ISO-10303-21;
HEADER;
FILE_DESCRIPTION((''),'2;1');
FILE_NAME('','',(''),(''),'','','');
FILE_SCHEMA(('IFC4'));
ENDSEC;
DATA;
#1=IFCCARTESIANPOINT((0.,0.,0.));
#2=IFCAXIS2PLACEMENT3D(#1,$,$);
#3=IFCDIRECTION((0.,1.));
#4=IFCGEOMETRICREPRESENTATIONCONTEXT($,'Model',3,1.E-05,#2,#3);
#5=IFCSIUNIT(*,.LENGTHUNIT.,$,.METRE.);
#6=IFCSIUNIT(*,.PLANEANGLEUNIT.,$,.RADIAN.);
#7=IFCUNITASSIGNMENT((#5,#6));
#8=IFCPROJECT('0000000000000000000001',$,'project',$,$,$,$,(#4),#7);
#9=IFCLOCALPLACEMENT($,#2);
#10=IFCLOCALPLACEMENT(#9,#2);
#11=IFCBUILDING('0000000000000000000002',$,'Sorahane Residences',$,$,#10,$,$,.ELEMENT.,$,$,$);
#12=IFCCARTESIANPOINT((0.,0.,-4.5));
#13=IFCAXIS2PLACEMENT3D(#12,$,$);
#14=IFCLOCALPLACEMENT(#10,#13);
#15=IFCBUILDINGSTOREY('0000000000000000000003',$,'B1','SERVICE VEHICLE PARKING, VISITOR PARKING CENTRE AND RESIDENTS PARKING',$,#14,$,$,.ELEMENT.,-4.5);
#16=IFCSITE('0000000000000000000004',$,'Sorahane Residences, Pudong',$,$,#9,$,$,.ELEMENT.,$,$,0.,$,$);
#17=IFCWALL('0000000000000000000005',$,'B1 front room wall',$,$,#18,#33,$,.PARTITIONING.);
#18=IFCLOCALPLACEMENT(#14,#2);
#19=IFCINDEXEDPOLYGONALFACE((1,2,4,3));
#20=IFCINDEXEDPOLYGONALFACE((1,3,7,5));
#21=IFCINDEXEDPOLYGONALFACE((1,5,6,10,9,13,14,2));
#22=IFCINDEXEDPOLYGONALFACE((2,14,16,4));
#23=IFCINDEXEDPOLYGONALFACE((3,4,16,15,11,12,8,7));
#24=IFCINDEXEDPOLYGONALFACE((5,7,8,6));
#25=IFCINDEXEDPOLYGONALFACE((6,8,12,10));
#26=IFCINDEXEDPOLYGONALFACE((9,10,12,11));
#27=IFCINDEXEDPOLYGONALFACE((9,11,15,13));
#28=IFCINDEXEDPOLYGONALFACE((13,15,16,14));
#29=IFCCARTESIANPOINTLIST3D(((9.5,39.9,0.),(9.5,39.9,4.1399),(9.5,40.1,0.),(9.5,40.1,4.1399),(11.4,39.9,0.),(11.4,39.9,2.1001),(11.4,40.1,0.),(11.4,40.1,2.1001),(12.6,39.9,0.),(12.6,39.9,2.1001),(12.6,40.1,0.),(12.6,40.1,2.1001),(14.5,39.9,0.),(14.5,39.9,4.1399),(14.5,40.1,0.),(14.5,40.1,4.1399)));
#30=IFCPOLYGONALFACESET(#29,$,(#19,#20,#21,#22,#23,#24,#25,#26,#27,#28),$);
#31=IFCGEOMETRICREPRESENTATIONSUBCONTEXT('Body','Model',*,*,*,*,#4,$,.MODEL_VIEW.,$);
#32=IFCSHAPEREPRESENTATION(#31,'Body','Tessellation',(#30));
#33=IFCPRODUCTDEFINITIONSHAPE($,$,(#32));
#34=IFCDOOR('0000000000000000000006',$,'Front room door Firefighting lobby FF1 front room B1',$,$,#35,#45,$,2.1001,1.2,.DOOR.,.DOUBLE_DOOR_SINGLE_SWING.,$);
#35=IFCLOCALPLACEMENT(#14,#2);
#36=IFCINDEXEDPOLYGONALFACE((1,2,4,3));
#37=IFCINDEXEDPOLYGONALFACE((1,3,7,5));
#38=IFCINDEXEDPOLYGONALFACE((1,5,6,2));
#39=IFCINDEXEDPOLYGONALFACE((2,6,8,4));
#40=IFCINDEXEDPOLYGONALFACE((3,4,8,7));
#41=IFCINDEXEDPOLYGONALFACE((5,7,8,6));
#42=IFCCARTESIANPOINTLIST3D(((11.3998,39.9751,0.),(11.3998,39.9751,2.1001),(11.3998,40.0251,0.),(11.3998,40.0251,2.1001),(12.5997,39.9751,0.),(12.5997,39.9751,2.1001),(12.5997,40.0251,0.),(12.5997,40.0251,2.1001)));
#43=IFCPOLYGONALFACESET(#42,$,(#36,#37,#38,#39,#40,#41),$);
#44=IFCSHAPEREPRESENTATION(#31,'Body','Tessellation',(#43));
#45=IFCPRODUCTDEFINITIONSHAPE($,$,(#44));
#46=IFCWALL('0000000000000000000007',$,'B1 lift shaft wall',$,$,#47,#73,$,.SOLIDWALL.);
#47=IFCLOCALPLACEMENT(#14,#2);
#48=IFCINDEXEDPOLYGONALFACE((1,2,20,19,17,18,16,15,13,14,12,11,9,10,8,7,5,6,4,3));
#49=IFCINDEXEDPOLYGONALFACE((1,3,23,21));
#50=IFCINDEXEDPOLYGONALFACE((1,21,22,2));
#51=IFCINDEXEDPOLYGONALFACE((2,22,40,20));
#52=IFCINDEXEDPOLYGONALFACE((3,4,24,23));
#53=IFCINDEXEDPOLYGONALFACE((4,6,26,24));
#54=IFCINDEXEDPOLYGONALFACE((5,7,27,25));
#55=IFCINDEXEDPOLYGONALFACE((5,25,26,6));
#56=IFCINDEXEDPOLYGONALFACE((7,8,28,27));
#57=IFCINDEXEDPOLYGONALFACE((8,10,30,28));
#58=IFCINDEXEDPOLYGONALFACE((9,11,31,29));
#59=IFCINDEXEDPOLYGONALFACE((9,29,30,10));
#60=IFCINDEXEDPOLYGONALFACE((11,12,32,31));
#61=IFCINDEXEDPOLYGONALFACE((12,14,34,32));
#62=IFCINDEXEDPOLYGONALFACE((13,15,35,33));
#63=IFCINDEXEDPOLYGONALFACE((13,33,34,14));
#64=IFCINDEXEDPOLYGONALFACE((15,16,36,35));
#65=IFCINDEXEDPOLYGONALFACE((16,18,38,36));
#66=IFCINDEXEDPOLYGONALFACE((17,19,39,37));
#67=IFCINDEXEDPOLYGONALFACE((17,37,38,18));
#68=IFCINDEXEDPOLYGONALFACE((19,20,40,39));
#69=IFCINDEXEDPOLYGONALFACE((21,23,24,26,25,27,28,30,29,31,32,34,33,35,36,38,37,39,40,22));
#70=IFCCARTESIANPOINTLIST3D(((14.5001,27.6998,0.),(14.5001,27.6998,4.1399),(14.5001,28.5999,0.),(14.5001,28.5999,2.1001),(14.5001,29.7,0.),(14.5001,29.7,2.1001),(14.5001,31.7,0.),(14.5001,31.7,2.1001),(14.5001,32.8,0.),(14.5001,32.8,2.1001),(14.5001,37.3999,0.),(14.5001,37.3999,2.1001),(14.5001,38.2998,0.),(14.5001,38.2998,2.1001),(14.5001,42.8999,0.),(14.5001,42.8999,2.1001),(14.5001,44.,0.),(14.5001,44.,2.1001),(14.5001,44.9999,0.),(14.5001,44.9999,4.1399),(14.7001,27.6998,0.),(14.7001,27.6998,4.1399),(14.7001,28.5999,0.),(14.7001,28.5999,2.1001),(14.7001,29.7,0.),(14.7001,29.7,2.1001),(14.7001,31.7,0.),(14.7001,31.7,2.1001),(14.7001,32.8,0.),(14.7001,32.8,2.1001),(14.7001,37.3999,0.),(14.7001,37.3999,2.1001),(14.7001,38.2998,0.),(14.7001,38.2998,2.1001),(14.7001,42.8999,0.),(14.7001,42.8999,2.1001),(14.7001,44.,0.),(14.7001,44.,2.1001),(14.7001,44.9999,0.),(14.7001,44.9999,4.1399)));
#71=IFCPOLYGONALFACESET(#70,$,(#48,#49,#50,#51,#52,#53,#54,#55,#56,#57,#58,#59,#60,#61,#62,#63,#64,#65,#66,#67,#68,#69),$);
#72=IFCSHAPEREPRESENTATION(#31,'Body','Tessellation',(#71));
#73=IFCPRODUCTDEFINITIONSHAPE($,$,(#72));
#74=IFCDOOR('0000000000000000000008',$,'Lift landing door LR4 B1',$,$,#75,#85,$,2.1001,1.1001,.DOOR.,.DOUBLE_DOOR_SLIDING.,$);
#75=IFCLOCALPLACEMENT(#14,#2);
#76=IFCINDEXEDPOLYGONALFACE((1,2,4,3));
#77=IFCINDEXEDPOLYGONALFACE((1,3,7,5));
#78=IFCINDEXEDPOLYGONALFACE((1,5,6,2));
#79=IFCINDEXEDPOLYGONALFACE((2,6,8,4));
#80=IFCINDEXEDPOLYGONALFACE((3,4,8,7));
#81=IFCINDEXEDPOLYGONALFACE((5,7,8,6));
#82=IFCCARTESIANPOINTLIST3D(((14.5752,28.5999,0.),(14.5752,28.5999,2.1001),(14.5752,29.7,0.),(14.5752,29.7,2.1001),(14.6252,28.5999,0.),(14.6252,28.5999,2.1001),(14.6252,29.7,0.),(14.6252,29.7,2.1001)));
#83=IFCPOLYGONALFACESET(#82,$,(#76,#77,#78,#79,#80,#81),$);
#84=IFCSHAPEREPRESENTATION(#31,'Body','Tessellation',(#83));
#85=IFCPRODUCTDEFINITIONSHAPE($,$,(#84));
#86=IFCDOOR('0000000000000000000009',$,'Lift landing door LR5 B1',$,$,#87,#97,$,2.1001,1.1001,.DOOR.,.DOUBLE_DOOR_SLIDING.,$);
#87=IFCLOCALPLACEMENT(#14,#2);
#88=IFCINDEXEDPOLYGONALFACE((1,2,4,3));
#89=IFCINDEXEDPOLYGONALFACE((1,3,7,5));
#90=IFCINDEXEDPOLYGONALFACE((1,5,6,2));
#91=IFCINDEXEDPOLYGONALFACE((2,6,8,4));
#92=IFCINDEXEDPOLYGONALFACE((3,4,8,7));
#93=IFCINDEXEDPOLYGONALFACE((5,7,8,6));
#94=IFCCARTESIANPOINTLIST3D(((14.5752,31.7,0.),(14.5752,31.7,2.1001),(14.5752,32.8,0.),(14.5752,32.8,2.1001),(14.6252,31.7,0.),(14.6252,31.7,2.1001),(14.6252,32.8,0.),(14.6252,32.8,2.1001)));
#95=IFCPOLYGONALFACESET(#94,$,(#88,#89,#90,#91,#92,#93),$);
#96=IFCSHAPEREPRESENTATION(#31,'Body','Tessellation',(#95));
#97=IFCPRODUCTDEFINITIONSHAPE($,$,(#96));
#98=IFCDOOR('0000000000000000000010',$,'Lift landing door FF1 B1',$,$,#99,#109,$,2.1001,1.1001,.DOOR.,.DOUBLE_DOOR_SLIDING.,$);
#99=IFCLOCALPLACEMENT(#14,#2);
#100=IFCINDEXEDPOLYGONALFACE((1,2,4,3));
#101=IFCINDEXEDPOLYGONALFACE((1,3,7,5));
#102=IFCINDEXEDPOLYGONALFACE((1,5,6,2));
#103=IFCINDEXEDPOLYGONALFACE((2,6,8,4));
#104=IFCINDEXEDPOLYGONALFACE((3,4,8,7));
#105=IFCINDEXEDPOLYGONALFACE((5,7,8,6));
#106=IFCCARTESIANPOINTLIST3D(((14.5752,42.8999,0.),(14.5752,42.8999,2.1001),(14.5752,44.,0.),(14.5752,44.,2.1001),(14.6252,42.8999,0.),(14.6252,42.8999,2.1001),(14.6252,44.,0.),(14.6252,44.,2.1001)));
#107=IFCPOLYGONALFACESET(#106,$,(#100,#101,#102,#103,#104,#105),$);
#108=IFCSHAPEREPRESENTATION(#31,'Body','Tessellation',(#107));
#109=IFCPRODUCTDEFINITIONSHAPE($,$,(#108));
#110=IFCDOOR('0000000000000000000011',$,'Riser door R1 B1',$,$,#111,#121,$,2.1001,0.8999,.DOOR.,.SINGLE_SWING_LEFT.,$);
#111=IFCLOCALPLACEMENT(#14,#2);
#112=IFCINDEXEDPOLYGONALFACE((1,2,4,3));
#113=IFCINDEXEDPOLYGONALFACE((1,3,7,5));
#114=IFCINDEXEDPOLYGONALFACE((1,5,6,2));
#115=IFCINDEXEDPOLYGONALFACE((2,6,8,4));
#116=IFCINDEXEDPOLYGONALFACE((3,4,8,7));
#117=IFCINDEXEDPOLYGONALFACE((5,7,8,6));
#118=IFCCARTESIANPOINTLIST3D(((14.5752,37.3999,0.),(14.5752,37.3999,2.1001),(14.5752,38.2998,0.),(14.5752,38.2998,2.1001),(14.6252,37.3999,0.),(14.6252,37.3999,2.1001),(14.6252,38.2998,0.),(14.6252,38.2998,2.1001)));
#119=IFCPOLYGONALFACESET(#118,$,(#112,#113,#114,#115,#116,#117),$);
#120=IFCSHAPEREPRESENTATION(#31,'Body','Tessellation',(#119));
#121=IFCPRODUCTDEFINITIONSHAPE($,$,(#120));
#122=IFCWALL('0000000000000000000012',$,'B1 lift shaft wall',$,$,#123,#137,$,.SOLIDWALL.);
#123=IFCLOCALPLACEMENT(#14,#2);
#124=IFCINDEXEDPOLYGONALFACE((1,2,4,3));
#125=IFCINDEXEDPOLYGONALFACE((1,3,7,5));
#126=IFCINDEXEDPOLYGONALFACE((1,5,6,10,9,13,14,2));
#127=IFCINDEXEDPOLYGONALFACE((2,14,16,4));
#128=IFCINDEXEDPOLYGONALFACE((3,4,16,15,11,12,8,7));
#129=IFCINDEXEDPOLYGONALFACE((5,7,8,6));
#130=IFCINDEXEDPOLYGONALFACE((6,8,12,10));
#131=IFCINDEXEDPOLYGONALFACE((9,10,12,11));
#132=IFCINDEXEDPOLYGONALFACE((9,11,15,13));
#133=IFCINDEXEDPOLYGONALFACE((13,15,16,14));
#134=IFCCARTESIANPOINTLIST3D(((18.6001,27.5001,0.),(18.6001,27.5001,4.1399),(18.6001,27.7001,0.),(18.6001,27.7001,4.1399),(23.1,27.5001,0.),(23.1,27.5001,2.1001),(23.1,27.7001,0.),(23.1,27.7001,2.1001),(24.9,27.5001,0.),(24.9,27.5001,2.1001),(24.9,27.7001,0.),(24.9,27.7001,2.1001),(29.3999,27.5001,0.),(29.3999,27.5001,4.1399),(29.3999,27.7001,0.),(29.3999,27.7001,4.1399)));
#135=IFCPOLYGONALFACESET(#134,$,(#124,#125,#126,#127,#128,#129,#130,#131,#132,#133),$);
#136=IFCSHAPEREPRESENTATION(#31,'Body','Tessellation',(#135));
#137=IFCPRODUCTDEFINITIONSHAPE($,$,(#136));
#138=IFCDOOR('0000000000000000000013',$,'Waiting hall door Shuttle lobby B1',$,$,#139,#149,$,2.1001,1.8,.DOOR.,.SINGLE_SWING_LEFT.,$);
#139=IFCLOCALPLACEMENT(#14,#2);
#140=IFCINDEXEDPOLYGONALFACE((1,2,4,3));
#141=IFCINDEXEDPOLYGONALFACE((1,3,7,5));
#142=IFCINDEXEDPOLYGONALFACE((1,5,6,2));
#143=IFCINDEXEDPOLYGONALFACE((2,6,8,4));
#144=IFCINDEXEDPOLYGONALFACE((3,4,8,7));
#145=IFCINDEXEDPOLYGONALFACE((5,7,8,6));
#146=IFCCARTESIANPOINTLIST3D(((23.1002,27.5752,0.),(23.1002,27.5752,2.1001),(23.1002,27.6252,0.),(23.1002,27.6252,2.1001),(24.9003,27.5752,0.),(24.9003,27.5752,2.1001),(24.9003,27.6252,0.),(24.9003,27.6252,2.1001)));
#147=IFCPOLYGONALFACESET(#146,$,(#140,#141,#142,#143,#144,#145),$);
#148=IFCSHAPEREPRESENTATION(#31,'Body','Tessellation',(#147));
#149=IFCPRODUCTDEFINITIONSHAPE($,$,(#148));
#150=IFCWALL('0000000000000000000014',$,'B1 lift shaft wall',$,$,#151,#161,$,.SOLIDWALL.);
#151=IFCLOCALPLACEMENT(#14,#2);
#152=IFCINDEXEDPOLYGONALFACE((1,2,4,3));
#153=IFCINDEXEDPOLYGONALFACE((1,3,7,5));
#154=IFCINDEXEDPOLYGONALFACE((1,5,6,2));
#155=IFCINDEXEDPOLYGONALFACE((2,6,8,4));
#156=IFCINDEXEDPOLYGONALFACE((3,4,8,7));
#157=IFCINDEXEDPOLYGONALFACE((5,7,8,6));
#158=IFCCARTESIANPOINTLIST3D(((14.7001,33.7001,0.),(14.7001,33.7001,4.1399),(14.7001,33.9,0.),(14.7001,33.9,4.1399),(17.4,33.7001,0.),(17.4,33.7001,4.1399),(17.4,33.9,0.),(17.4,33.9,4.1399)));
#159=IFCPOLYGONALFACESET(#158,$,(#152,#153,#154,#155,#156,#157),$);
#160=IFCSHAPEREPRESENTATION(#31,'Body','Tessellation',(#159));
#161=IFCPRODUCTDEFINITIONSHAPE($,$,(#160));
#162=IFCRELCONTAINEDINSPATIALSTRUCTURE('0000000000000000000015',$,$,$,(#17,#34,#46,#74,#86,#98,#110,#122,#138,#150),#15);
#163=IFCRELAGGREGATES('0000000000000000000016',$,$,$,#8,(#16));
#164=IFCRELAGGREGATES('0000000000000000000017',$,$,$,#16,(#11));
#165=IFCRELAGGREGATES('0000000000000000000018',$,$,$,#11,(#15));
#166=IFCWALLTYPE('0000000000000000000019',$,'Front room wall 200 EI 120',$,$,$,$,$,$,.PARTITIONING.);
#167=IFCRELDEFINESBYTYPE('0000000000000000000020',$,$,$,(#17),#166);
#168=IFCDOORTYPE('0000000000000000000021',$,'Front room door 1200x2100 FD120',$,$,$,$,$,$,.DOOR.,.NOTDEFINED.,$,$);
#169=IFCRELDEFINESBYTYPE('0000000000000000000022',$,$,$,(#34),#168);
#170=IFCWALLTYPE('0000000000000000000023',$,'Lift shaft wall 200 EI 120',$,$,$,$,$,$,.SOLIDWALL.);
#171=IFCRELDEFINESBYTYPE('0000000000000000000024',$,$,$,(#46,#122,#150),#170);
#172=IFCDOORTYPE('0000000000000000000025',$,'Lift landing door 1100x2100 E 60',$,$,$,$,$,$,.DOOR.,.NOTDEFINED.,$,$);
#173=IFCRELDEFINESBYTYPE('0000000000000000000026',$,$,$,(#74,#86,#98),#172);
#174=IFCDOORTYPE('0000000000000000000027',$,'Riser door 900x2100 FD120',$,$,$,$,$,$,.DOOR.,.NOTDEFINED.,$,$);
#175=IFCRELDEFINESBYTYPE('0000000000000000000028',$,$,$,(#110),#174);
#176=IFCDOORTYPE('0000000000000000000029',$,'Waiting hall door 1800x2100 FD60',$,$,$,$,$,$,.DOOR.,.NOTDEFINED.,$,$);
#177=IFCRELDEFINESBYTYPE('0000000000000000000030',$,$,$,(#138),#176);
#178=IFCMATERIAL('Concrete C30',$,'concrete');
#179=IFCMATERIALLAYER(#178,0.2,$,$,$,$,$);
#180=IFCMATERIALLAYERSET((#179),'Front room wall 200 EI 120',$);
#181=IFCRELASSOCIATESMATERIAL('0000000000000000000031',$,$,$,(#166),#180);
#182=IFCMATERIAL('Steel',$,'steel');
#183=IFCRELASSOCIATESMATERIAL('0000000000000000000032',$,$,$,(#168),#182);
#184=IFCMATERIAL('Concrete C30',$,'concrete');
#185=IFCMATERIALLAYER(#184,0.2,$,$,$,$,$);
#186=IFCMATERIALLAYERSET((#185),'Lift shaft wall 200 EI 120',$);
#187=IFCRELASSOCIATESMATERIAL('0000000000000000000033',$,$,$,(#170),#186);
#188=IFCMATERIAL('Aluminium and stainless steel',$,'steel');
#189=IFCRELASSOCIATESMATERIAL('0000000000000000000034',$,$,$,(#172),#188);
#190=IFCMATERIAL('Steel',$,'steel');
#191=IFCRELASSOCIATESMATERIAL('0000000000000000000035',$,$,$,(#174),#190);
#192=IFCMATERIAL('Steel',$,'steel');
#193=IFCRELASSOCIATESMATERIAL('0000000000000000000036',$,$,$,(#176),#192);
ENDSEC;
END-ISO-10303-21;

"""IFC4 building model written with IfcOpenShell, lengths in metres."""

from ifc_helpers import new_model, si_unit, direction, frame, frame_2d, origin, place, context, subcontext, project, spatial, rectangle, extrude, material, layer, layer_set, type_object, element, fill, save


model = new_model("IFC4")

# Units and contexts
model_context = context("Model", 3, precision=1e-05, world=origin(), true_north=direction((0.0, 1.0)))
body_context = subcontext(model_context, "Body", "Model", "MODEL_VIEW")
ifc_project = project(units=[si_unit("LENGTHUNIT", "METRE"), si_unit("PLANEANGLEUNIT", "RADIAN")], contexts=[model_context])

# Site, building, storey
site_placement = place(None, origin())
site = spatial("IfcSite", under=ifc_project, at=site_placement, Name="Sorahane Residences, Pudong", CompositionType="ELEMENT", RefElevation=0.0)
building_placement = place(site_placement, origin())
building = spatial("IfcBuilding", under=site, at=building_placement, Name="Sorahane Residences", CompositionType="ELEMENT")
storey_placement = place(building_placement, frame((0.0, 0.0, -4.5)))
storey = spatial("IfcBuildingStorey", under=building, at=storey_placement, Name="B1", Description="SERVICE VEHICLE PARKING, VISITOR PARKING CENTRE AND RESIDENTS PARKING", CompositionType="ELEMENT", Elevation=-4.5)

# Wall, opening, door
ifc_material_1 = material(Name="Concrete C30", Category="concrete")
ifc_layer_1 = layer(ifc_material_1, 0.2)
ifc_layer_set_1 = layer_set([ifc_layer_1], Name="Front room wall 200 EI 120")
wall_type_1 = type_object("IfcWallType", Name="Front room wall 200 EI 120", PredefinedType="PARTITIONING", material=ifc_layer_set_1)
wall_1_placement = place(storey_placement, frame((9.5, 40.0, 0.0), z_axis=(0.0, 0.0, 1.0), x_axis=(1.0, 0.0, 0.0)))
wall_1 = element("IfcWall", 1, at=wall_1_placement, inside=storey, type_object=wall_type_1, Name="B1 front room wall", PredefinedType="PARTITIONING", context=body_context, shape_type="SweptSolid", body=[
    extrude(rectangle(XDim=5.0, YDim=0.2, at=frame_2d((2.5, 0.0))), origin(), (0.0, 0.0, 1.0), 4.1399),
])
opening_1_placement = place(wall_1_placement, frame((1.8999, 0.0, 0.0)))
opening_1 = element("IfcOpeningElement", 2, at=opening_1_placement, cuts=wall_1, PredefinedType="OPENING", context=body_context, shape_type="SweptSolid", body=[
    extrude(rectangle(XDim=1.2, YDim=2.1001, at=frame_2d((0.6001, 1.05))), frame((0.0, 0.1099, 0.0), z_axis=(0.0, -1.0, 0.0), x_axis=(1.0, 0.0, 0.0)), (0.0, 0.0, 1.0), 0.22),
])
ifc_material_2 = material(Name="Steel", Category="steel")
door_type_1 = type_object("IfcDoorType", Name="Front room door 1200x2100 FD120", OperationType="NOTDEFINED", PredefinedType="DOOR", material=ifc_material_2)
door_1_placement = place(opening_1_placement, frame((1.2, 0.0, 0.0), z_axis=(0.0, 0.0, 1.0), x_axis=(-1.0, 0.0, 0.0)))
door_1 = element("IfcDoor", 3, at=door_1_placement, inside=storey, type_object=door_type_1, Name="Front room door Firefighting lobby FF1 front room B1", OperationType="DOUBLE_DOOR_SINGLE_SWING", OverallHeight=2.1001, OverallWidth=1.2, PredefinedType="DOOR", context=body_context, shape_type="SweptSolid", body=[
    extrude(rectangle(XDim=1.2, YDim=2.1001, at=frame_2d((0.6001, 1.05))), frame((0.0, 0.0249, 0.0), z_axis=(0.0, -1.0, 0.0), x_axis=(1.0, 0.0, 0.0)), (0.0, 0.0, 1.0), 0.05),
])
fill(opening_1, door_1)

# Wall, openings, doors
ifc_material_3 = material(Name="Concrete C30", Category="concrete")
ifc_layer_2 = layer(ifc_material_3, 0.2)
ifc_layer_set_2 = layer_set([ifc_layer_2], Name="Lift shaft wall 200 EI 120")
wall_type_2 = type_object("IfcWallType", Name="Lift shaft wall 200 EI 120", PredefinedType="SOLIDWALL", material=ifc_layer_set_2)
wall_2_placement = place(storey_placement, frame((14.6001, 27.7, 0.0), z_axis=(0.0, 0.0, 1.0), x_axis=(0.0, 1.0, 0.0)))
wall_2 = element("IfcWall", 4, at=wall_2_placement, inside=storey, type_object=wall_type_2, Name="B1 lift shaft wall", PredefinedType="SOLIDWALL", context=body_context, shape_type="SweptSolid", body=[
    extrude(rectangle(XDim=17.3, YDim=0.2, at=frame_2d((8.6499, 0.0))), origin(), (0.0, 0.0, 1.0), 4.1399),
])
opening_2_placement = place(wall_2_placement, frame((0.8999, 0.0, 0.0)))
opening_2 = element("IfcOpeningElement", 5, at=opening_2_placement, cuts=wall_2, PredefinedType="OPENING", context=body_context, shape_type="SweptSolid", body=[
    extrude(rectangle(XDim=1.1001, YDim=2.1001, at=frame_2d((0.55, 1.05))), frame((0.0, 0.1099, 0.0), z_axis=(0.0, -1.0, 0.0), x_axis=(1.0, 0.0, 0.0)), (0.0, 0.0, 1.0), 0.22),
])
opening_3_placement = place(wall_2_placement, frame((4.0, 0.0, 0.0)))
opening_3 = element("IfcOpeningElement", 6, at=opening_3_placement, cuts=wall_2, PredefinedType="OPENING", context=body_context, shape_type="SweptSolid", body=[
    extrude(rectangle(XDim=1.1001, YDim=2.1001, at=frame_2d((0.55, 1.05))), frame((0.0, 0.1099, 0.0), z_axis=(0.0, -1.0, 0.0), x_axis=(1.0, 0.0, 0.0)), (0.0, 0.0, 1.0), 0.22),
])
opening_4_placement = place(wall_2_placement, frame((15.2, 0.0, 0.0)))
opening_4 = element("IfcOpeningElement", 7, at=opening_4_placement, cuts=wall_2, PredefinedType="OPENING", context=body_context, shape_type="SweptSolid", body=[
    extrude(rectangle(XDim=1.1001, YDim=2.1001, at=frame_2d((0.55, 1.05))), frame((0.0, 0.1099, 0.0), z_axis=(0.0, -1.0, 0.0), x_axis=(1.0, 0.0, 0.0)), (0.0, 0.0, 1.0), 0.22),
])
opening_5_placement = place(wall_2_placement, frame((9.7, 0.0, 0.0)))
opening_5 = element("IfcOpeningElement", 8, at=opening_5_placement, cuts=wall_2, PredefinedType="OPENING", context=body_context, shape_type="SweptSolid", body=[
    extrude(rectangle(XDim=0.8999, YDim=2.1001, at=frame_2d((0.45, 1.05))), frame((0.0, 0.1099, 0.0), z_axis=(0.0, -1.0, 0.0), x_axis=(1.0, 0.0, 0.0)), (0.0, 0.0, 1.0), 0.22),
])
ifc_material_4 = material(Name="Aluminium and stainless steel", Category="steel")
door_type_2 = type_object("IfcDoorType", Name="Lift landing door 1100x2100 E 60", OperationType="NOTDEFINED", PredefinedType="DOOR", material=ifc_material_4)
door_2_placement = place(opening_2_placement, origin())
door_2 = element("IfcDoor", 9, at=door_2_placement, inside=storey, type_object=door_type_2, Name="Lift landing door LR4 B1", OperationType="DOUBLE_DOOR_SLIDING", OverallHeight=2.1001, OverallWidth=1.1001, PredefinedType="DOOR", context=body_context, shape_type="SweptSolid", body=[
    extrude(rectangle(XDim=1.1001, YDim=2.1001, at=frame_2d((0.55, 1.05))), frame((0.0, 0.0249, 0.0), z_axis=(0.0, -1.0, 0.0), x_axis=(1.0, 0.0, 0.0)), (0.0, 0.0, 1.0), 0.05),
])
fill(opening_2, door_2)
door_3_placement = place(opening_3_placement, origin())
door_3 = element("IfcDoor", 10, at=door_3_placement, inside=storey, type_object=door_type_2, Name="Lift landing door LR5 B1", OperationType="DOUBLE_DOOR_SLIDING", OverallHeight=2.1001, OverallWidth=1.1001, PredefinedType="DOOR", context=body_context, shape_type="SweptSolid", body=[
    extrude(rectangle(XDim=1.1001, YDim=2.1001, at=frame_2d((0.55, 1.05))), frame((0.0, 0.0249, 0.0), z_axis=(0.0, -1.0, 0.0), x_axis=(1.0, 0.0, 0.0)), (0.0, 0.0, 1.0), 0.05),
])
fill(opening_3, door_3)
door_4_placement = place(opening_4_placement, origin())
door_4 = element("IfcDoor", 11, at=door_4_placement, inside=storey, type_object=door_type_2, Name="Lift landing door FF1 B1", OperationType="DOUBLE_DOOR_SLIDING", OverallHeight=2.1001, OverallWidth=1.1001, PredefinedType="DOOR", context=body_context, shape_type="SweptSolid", body=[
    extrude(rectangle(XDim=1.1001, YDim=2.1001, at=frame_2d((0.55, 1.05))), frame((0.0, 0.0249, 0.0), z_axis=(0.0, -1.0, 0.0), x_axis=(1.0, 0.0, 0.0)), (0.0, 0.0, 1.0), 0.05),
])
fill(opening_4, door_4)
ifc_material_5 = material(Name="Steel", Category="steel")
door_type_3 = type_object("IfcDoorType", Name="Riser door 900x2100 FD120", OperationType="NOTDEFINED", PredefinedType="DOOR", material=ifc_material_5)
door_5_placement = place(opening_5_placement, origin())
door_5 = element("IfcDoor", 12, at=door_5_placement, inside=storey, type_object=door_type_3, Name="Riser door R1 B1", OperationType="SINGLE_SWING_LEFT", OverallHeight=2.1001, OverallWidth=0.8999, PredefinedType="DOOR", context=body_context, shape_type="SweptSolid", body=[
    extrude(rectangle(XDim=0.8999, YDim=2.1001, at=frame_2d((0.45, 1.05))), frame((0.0, 0.0249, 0.0), z_axis=(0.0, -1.0, 0.0), x_axis=(1.0, 0.0, 0.0)), (0.0, 0.0, 1.0), 0.05),
])
fill(opening_5, door_5)

# Wall, opening, door
wall_3_placement = place(storey_placement, frame((18.6001, 27.6001, 0.0), z_axis=(0.0, 0.0, 1.0), x_axis=(1.0, 0.0, 0.0)))
wall_3 = element("IfcWall", 13, at=wall_3_placement, inside=storey, type_object=wall_type_2, Name="B1 lift shaft wall", PredefinedType="SOLIDWALL", context=body_context, shape_type="SweptSolid", body=[
    extrude(rectangle(XDim=10.7998, YDim=0.2, at=frame_2d((5.3999, 0.0))), origin(), (0.0, 0.0, 1.0), 4.1399),
])
opening_6_placement = place(wall_3_placement, frame((4.5, 0.0, 0.0)))
opening_6 = element("IfcOpeningElement", 14, at=opening_6_placement, cuts=wall_3, PredefinedType="OPENING", context=body_context, shape_type="SweptSolid", body=[
    extrude(rectangle(XDim=1.8, YDim=2.1001, at=frame_2d((0.8999, 1.05))), frame((0.0, 0.1099, 0.0), z_axis=(0.0, -1.0, 0.0), x_axis=(1.0, 0.0, 0.0)), (0.0, 0.0, 1.0), 0.22),
])
ifc_material_6 = material(Name="Steel", Category="steel")
door_type_4 = type_object("IfcDoorType", Name="Waiting hall door 1800x2100 FD60", OperationType="NOTDEFINED", PredefinedType="DOOR", material=ifc_material_6)
door_6_placement = place(opening_6_placement, frame((1.8, 0.0, 0.0), z_axis=(0.0, 0.0, 1.0), x_axis=(-1.0, 0.0, 0.0)))
door_6 = element("IfcDoor", 15, at=door_6_placement, inside=storey, type_object=door_type_4, Name="Waiting hall door Shuttle lobby B1", OperationType="SINGLE_SWING_LEFT", OverallHeight=2.1001, OverallWidth=1.8, PredefinedType="DOOR", context=body_context, shape_type="SweptSolid", body=[
    extrude(rectangle(XDim=1.8, YDim=2.1001, at=frame_2d((0.8999, 1.05))), frame((0.0, 0.0249, 0.0), z_axis=(0.0, -1.0, 0.0), x_axis=(1.0, 0.0, 0.0)), (0.0, 0.0, 1.0), 0.05),
])
fill(opening_6, door_6)

# Wall
for number, where, z_axis, x_axis, name in (
    (16, (14.7, 33.8, 0.0), (0.0, 0.0, 1.0), (1.0, 0.0, 0.0), "B1 lift shaft wall"),
):
    element("IfcWall", number, at=place(storey_placement, frame(where, z_axis=z_axis, x_axis=x_axis)), inside=storey, type_object=wall_type_2, Name=name, PredefinedType="SOLIDWALL", context=body_context, shape_type="SweptSolid", body=[
        extrude(rectangle(XDim=2.7, YDim=0.2, at=frame_2d((1.3501, 0.0))), origin(), (0.0, 0.0, 1.0), 4.1399),
    ])

save(model, "model.ifc")
